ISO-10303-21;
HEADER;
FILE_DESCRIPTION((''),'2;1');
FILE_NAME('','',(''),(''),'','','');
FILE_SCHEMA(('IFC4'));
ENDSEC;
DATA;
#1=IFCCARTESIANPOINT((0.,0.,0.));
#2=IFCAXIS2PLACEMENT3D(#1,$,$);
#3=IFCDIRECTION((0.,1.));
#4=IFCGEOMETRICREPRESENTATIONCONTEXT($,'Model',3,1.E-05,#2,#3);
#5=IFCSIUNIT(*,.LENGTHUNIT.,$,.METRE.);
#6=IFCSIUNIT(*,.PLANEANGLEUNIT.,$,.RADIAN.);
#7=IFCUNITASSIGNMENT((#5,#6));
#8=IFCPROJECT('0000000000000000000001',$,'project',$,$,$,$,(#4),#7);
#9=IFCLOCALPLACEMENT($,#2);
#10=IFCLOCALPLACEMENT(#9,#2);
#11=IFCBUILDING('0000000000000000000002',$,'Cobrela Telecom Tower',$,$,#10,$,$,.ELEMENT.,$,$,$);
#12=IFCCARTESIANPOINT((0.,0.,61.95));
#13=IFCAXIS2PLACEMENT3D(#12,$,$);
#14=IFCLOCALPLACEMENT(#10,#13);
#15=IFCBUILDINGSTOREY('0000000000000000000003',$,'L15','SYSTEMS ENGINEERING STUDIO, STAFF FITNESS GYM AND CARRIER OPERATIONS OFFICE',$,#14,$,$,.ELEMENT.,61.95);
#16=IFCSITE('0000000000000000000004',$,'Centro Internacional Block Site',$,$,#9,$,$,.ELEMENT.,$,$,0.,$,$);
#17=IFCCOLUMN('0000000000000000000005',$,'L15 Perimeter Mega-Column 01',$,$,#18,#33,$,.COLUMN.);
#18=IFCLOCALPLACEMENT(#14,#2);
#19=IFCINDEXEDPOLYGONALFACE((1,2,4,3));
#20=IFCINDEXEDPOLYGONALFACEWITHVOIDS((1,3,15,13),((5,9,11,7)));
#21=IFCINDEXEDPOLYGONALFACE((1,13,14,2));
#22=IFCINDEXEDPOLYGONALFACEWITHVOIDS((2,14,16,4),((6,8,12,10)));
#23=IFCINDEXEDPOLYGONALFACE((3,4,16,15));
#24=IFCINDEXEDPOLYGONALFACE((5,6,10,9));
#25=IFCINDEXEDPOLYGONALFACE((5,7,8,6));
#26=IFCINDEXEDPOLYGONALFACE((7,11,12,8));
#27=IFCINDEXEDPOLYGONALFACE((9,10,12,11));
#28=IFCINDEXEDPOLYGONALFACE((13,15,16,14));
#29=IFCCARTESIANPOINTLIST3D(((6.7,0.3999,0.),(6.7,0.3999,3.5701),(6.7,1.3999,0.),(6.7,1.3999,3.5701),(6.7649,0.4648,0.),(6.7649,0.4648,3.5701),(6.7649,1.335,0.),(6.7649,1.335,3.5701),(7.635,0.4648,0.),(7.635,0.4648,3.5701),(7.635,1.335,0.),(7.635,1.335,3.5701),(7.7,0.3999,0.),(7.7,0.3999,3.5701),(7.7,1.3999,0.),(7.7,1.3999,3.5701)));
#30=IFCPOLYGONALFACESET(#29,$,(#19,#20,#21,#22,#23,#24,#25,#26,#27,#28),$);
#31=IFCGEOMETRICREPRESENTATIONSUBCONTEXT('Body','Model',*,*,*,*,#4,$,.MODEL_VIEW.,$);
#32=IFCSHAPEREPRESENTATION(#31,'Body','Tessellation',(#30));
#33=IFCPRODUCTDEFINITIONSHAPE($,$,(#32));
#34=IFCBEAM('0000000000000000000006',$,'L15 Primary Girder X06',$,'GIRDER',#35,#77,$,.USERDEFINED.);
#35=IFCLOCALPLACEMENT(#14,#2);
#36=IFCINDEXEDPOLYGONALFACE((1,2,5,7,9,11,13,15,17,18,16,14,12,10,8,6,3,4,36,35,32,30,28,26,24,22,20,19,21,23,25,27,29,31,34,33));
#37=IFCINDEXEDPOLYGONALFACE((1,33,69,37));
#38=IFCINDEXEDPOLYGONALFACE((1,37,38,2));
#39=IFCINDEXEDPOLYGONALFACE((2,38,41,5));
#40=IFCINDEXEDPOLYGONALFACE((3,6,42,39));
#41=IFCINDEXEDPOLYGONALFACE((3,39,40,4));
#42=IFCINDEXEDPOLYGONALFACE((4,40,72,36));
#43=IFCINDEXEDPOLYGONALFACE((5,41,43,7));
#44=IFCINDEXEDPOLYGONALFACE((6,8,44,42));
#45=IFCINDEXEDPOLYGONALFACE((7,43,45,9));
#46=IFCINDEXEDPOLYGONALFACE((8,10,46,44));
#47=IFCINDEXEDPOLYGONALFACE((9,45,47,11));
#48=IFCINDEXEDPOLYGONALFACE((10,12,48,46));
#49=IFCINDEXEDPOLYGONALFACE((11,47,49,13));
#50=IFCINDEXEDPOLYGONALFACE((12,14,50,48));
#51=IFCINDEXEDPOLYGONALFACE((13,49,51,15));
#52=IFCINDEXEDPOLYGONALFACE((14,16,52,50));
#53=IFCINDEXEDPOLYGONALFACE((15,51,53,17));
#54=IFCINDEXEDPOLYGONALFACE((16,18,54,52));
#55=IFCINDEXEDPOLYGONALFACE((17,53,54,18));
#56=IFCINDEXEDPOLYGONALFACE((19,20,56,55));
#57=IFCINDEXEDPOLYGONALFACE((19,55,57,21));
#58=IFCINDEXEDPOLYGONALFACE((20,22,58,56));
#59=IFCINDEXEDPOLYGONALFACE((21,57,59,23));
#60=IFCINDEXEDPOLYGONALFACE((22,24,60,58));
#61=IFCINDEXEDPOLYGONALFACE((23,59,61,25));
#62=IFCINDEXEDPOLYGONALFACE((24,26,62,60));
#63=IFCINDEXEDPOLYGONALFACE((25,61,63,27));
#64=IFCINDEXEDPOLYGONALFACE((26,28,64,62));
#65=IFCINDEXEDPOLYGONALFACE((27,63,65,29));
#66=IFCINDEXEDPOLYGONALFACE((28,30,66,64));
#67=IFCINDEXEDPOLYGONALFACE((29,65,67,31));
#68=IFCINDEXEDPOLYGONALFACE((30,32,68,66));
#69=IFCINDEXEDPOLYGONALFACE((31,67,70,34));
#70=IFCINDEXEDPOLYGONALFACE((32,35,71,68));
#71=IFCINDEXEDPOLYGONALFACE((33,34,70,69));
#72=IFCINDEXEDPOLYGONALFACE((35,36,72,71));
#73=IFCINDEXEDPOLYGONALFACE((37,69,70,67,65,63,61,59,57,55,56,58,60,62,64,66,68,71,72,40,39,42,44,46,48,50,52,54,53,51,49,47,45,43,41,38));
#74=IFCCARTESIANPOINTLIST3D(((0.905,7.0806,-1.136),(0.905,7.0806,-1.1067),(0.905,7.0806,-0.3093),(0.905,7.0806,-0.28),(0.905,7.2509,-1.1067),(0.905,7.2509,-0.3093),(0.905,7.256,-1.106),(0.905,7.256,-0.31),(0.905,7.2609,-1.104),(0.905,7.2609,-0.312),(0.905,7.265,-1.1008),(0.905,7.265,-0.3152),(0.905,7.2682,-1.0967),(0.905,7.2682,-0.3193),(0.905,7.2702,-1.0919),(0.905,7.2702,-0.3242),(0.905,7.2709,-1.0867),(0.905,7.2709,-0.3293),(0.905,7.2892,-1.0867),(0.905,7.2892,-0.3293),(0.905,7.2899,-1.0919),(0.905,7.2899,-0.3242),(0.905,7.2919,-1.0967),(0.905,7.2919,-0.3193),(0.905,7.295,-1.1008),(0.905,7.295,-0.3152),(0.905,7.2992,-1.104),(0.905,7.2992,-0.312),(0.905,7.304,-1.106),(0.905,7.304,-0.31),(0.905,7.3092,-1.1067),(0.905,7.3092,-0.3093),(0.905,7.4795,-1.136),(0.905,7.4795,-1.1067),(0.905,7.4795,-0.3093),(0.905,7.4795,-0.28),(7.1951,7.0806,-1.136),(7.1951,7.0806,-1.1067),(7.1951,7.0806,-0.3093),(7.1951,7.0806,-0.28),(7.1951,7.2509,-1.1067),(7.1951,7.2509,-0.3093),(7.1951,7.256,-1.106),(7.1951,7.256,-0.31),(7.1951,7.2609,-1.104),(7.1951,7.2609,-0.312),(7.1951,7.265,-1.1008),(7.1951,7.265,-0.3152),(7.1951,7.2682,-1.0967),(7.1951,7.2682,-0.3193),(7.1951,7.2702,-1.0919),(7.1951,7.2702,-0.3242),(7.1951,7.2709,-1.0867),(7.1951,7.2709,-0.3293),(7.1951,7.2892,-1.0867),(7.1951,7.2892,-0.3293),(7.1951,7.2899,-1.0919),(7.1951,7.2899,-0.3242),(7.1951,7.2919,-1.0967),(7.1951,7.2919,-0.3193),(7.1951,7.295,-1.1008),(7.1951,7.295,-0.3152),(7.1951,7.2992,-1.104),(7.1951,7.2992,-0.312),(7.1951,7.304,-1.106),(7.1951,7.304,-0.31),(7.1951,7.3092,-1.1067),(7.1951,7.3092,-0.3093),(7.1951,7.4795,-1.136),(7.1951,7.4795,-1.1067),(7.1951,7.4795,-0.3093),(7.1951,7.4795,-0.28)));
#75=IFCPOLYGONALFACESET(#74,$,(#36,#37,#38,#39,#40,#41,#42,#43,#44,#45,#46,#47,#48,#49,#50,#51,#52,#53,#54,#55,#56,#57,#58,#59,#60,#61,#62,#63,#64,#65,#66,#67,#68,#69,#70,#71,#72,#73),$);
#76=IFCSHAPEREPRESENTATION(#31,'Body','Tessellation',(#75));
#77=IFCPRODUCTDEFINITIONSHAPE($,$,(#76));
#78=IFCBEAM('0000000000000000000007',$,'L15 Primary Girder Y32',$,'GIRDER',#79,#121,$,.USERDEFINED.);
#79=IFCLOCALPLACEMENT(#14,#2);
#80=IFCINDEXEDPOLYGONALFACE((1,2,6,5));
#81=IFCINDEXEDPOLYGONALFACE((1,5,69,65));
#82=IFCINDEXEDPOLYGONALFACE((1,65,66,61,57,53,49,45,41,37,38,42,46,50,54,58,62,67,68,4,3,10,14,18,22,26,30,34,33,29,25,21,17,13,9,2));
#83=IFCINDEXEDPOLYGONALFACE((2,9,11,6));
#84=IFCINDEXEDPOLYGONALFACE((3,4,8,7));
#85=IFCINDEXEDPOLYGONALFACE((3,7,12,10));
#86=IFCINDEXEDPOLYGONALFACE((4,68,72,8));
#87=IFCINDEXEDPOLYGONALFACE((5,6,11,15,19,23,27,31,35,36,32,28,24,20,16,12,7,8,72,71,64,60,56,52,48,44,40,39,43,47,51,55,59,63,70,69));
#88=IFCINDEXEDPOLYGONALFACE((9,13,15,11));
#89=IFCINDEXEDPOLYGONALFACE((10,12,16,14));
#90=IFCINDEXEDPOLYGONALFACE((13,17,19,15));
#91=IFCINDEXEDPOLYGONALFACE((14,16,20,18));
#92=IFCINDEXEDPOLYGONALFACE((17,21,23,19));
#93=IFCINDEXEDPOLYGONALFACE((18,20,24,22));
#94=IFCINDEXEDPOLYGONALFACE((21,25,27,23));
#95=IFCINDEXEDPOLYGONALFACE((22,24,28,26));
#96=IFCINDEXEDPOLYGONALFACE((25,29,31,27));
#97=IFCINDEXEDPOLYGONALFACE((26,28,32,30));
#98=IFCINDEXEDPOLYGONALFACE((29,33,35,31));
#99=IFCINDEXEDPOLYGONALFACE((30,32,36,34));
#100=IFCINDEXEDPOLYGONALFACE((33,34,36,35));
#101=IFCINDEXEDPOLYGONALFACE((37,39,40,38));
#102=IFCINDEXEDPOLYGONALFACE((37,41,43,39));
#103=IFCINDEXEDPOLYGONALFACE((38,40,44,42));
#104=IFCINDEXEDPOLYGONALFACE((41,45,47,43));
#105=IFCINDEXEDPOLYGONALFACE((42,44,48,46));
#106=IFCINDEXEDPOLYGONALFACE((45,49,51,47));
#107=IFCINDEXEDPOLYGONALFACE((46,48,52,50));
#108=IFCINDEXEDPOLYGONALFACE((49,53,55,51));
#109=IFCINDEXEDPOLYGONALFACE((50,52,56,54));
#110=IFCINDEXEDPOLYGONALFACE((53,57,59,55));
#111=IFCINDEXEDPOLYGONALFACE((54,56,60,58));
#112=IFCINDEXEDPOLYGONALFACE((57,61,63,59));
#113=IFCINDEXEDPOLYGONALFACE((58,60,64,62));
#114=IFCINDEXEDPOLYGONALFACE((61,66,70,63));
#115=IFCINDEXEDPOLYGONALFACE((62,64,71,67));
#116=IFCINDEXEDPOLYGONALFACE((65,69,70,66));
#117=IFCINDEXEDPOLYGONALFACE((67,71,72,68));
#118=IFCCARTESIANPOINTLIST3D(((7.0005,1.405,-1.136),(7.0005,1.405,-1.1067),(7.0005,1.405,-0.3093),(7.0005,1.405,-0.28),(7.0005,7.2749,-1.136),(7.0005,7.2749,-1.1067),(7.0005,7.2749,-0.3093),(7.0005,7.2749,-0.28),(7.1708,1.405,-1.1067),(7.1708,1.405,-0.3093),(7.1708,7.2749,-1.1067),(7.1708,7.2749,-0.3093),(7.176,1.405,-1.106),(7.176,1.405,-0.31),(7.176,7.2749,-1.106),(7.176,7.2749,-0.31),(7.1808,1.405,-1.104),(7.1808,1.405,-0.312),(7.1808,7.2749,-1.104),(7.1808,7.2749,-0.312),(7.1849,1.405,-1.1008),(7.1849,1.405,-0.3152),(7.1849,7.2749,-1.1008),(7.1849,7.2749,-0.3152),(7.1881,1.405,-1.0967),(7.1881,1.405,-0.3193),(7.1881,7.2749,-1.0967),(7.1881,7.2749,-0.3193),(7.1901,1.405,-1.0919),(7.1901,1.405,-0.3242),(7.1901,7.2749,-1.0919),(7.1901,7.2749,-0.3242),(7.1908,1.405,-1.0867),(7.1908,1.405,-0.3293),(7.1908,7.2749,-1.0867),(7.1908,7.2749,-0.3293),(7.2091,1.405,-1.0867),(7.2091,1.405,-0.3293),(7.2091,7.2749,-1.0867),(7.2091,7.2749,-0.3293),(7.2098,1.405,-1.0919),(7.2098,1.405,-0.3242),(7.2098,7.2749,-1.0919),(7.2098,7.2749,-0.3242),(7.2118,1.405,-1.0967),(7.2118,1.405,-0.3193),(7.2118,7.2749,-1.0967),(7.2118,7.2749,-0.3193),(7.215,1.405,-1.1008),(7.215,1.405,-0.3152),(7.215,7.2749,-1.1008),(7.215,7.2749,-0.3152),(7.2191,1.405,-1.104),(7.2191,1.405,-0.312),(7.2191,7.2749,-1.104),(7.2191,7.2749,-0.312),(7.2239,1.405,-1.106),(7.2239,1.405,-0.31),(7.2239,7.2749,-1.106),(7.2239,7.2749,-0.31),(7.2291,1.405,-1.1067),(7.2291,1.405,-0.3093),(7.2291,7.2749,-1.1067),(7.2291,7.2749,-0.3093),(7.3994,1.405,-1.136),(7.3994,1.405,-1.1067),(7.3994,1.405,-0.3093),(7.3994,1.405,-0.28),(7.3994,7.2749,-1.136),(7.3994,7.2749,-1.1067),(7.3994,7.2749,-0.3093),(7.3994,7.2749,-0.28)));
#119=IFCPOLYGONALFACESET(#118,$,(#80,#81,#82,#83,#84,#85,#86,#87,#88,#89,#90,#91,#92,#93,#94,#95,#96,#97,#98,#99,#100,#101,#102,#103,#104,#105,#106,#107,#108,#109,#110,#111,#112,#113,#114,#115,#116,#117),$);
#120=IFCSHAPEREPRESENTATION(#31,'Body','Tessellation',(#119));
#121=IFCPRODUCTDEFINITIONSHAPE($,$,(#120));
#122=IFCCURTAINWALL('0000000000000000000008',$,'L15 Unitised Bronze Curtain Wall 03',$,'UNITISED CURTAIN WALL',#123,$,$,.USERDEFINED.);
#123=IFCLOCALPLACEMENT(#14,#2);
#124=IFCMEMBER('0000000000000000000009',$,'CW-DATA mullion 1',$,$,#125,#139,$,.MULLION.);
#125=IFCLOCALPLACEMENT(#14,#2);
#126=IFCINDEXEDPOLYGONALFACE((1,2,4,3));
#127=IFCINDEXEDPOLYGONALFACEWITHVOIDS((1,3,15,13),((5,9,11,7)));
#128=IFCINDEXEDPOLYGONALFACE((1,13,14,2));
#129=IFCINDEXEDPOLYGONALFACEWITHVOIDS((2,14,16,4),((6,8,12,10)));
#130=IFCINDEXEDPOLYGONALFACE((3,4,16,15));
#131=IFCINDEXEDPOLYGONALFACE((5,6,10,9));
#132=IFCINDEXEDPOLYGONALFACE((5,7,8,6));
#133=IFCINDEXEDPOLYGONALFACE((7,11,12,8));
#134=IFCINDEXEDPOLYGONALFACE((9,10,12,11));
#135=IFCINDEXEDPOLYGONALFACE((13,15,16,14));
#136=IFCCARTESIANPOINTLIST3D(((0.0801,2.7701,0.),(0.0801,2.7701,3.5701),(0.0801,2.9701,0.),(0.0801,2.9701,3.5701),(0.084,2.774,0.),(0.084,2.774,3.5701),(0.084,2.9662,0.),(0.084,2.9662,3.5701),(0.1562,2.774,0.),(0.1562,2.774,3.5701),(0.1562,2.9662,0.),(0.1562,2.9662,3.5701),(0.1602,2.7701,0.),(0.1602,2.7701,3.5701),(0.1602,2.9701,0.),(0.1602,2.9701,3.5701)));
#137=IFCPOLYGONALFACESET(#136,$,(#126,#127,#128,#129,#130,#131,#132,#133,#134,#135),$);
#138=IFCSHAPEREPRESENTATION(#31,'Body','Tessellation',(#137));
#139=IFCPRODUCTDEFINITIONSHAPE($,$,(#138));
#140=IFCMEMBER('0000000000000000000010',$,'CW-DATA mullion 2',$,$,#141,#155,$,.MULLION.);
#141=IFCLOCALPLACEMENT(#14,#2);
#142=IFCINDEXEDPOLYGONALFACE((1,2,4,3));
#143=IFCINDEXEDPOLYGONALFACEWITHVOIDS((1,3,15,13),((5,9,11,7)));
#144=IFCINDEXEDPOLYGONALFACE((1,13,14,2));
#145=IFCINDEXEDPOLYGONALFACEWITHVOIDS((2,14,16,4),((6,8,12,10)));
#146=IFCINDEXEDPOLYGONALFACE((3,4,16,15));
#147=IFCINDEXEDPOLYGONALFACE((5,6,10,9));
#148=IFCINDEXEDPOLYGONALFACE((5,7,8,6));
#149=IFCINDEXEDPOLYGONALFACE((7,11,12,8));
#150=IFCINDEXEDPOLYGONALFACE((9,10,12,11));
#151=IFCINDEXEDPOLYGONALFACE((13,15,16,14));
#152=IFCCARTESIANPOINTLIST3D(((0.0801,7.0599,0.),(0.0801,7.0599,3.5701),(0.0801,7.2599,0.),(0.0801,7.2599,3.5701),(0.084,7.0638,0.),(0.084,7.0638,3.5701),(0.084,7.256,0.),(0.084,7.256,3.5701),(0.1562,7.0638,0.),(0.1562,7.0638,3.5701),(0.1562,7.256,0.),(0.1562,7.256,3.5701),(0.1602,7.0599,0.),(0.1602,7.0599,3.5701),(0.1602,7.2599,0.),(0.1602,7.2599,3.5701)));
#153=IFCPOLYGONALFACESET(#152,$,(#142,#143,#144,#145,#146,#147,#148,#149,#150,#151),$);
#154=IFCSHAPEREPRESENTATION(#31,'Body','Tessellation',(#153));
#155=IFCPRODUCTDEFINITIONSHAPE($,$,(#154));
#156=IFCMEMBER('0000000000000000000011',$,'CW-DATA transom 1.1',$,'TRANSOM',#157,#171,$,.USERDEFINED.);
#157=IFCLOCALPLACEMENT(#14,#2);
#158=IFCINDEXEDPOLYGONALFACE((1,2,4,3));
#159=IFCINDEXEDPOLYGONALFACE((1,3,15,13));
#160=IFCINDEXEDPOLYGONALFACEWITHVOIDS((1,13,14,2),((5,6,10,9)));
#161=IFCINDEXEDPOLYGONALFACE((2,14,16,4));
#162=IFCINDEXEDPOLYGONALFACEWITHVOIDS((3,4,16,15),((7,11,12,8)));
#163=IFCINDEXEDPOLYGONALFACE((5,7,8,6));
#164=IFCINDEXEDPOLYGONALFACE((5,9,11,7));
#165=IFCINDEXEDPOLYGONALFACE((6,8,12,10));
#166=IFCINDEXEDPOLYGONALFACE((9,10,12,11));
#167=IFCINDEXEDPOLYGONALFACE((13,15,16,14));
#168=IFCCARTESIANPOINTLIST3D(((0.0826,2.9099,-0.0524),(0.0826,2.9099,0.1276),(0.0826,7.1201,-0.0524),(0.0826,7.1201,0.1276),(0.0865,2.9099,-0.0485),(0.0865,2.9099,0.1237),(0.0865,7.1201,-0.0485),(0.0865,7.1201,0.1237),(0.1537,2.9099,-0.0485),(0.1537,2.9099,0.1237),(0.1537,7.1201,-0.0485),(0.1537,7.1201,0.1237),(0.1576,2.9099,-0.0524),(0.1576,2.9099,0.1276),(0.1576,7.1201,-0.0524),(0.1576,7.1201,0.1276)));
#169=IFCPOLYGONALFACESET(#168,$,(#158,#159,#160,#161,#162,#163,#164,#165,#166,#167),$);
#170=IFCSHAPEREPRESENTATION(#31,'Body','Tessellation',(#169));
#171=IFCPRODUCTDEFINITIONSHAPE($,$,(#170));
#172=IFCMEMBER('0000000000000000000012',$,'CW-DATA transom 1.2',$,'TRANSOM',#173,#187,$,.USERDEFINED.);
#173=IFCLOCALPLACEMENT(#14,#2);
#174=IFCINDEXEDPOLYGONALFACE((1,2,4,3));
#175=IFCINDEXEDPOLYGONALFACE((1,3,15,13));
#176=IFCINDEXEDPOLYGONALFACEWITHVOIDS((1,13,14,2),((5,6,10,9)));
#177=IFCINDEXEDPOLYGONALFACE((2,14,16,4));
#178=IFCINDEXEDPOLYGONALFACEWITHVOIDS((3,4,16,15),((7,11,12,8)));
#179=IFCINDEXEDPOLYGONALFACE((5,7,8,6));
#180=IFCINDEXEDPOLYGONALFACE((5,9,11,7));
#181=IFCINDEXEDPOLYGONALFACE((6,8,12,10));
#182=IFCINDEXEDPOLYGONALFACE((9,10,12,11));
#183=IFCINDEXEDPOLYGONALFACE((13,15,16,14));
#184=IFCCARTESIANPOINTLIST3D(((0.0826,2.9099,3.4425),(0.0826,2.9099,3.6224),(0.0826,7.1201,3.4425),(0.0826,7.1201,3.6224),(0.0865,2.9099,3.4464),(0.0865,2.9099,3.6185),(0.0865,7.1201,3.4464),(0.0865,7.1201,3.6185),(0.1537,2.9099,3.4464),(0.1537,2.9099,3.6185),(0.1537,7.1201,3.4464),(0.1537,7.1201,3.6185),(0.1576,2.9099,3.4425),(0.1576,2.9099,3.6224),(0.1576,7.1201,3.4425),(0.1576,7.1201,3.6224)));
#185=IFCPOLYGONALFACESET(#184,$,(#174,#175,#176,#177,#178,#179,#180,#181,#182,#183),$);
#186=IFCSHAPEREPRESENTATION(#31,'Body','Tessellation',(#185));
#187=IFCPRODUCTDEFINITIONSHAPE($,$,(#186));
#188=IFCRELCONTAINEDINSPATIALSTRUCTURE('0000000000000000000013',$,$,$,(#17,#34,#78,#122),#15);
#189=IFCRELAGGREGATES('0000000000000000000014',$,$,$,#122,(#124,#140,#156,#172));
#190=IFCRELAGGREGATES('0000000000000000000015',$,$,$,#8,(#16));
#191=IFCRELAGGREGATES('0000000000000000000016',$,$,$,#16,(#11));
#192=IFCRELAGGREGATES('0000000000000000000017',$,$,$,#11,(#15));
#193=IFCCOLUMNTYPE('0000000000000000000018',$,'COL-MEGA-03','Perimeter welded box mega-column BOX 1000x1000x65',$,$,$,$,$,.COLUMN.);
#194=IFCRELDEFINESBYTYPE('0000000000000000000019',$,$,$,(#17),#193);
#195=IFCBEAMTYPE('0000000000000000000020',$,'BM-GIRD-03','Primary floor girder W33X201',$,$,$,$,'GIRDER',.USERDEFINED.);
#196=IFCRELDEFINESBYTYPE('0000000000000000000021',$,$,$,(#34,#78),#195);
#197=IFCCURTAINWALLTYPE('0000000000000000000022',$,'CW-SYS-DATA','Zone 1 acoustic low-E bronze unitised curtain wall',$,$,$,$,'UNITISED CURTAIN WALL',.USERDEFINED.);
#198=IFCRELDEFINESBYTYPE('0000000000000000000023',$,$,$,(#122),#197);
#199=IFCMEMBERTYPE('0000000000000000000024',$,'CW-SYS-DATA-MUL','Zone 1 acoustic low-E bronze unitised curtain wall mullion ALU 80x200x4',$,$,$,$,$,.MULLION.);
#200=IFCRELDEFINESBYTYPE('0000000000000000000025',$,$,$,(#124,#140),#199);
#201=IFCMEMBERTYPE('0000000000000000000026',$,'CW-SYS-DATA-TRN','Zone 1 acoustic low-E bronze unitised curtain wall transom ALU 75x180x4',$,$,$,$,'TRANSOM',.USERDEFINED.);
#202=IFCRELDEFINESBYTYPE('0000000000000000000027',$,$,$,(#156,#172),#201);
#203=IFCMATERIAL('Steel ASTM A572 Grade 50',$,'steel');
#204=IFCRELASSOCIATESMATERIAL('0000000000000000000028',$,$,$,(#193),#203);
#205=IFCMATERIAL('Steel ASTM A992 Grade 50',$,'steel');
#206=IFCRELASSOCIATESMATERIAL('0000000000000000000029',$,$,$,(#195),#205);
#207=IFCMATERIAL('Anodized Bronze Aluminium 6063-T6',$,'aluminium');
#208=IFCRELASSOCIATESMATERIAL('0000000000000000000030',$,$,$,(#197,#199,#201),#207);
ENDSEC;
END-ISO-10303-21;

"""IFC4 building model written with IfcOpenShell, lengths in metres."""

from ifc_helpers import new_model, si_unit, direction, frame, origin, origin_2d, place, context, subcontext, project, spatial, hollow_rectangle, i_section, extrude, material, material_profile, profile_set, type_object, element, aggregate, save


model = new_model("IFC4")

# Units and contexts
model_context = context("Model", 3, precision=1e-05, world=origin(), true_north=direction((0.0, 1.0)))
body_context = subcontext(model_context, "Body", "Model", "MODEL_VIEW")
ifc_project = project(units=[si_unit("LENGTHUNIT", "METRE"), si_unit("PLANEANGLEUNIT", "RADIAN")], contexts=[model_context])

# Site, building, storey
site_placement = place(None, origin())
site = spatial("IfcSite", under=ifc_project, at=site_placement, Name="Centro Internacional Block Site", CompositionType="ELEMENT", RefElevation=0.0)
building_placement = place(site_placement, origin())
building = spatial("IfcBuilding", under=site, at=building_placement, Name="Cobrela Telecom Tower", CompositionType="ELEMENT")
storey_placement = place(building_placement, frame((0.0, 0.0, 61.95)))
storey = spatial("IfcBuildingStorey", under=building, at=storey_placement, Name="L15", Description="SYSTEMS ENGINEERING STUDIO, STAFF FITNESS GYM AND CARRIER OPERATIONS OFFICE", CompositionType="ELEMENT", Elevation=61.95)

# Column
ifc_material_1 = material(Name="Steel ASTM A572 Grade 50", Category="steel")
ifc_material_profile_1 = material_profile(ifc_material_1, hollow_rectangle(XDim=1.0, YDim=1.0, WallThickness=0.0649, at=origin_2d()), Name="BOX 1000x1000x65")
ifc_profile_set_1 = profile_set([ifc_material_profile_1], Name="Steel ASTM A572 Grade 50")
column_type = type_object("IfcColumnType", Name="COL-MEGA-03", Description="Perimeter welded box mega-column BOX 1000x1000x65", PredefinedType="COLUMN", material=ifc_profile_set_1)
column_placement = place(storey_placement, frame((7.2, 0.8999, 0.0), z_axis=(0.0, 0.0, 1.0), x_axis=(1.0, 0.0, 0.0)))
element("IfcColumn", 1, at=column_placement, inside=storey, type_object=column_type, Name="L15 Perimeter Mega-Column 01", PredefinedType="COLUMN", context=body_context, shape_type="SweptSolid", body=[
    extrude(hollow_rectangle(XDim=1.0, YDim=1.0, WallThickness=0.0649, at=origin_2d()), origin(), (0.0, 0.0, 1.0), 3.5701),
])

# Beams
ifc_material_2 = material(Name="Steel ASTM A992 Grade 50", Category="steel")
ifc_material_profile_2 = material_profile(ifc_material_2, i_section(OverallWidth=0.3989, OverallDepth=0.856, WebThickness=0.0183, FlangeThickness=0.0293, FilletRadius=0.02, at=origin_2d()), Name="W33X201")
ifc_profile_set_2 = profile_set([ifc_material_profile_2], Name="Steel ASTM A992 Grade 50")
beam_type = type_object("IfcBeamType", Name="BM-GIRD-03", Description="Primary floor girder W33X201", ElementType="GIRDER", PredefinedType="USERDEFINED", material=ifc_profile_set_2)
beam_1_placement = place(storey_placement, frame((0.905, 7.28, -0.708), z_axis=(1.0, 0.0, 0.0), x_axis=(0.0, 1.0, 0.0)))
element("IfcBeam", 2, at=beam_1_placement, inside=storey, type_object=beam_type, Name="L15 Primary Girder X06", ObjectType="GIRDER", PredefinedType="USERDEFINED", context=body_context, shape_type="SweptSolid", body=[
    extrude(i_section(OverallWidth=0.3989, OverallDepth=0.856, WebThickness=0.0183, FlangeThickness=0.0293, FilletRadius=0.02, at=origin_2d()), origin(), (0.0, 0.0, 1.0), 6.29),
])
beam_2_placement = place(storey_placement, frame((7.2, 1.405, -0.708), z_axis=(0.0, 1.0, 0.0), x_axis=(-1.0, 0.0, 0.0)))
element("IfcBeam", 3, at=beam_2_placement, inside=storey, type_object=beam_type, Name="L15 Primary Girder Y32", ObjectType="GIRDER", PredefinedType="USERDEFINED", context=body_context, shape_type="SweptSolid", body=[
    extrude(i_section(OverallWidth=0.3989, OverallDepth=0.856, WebThickness=0.0183, FlangeThickness=0.0293, FilletRadius=0.02, at=origin_2d()), origin(), (0.0, 0.0, 1.0), 5.8699),
])

# Curtain wall, members
ifc_material_3 = material(Name="Anodized Bronze Aluminium 6063-T6", Category="aluminium")
curtain_wall_type = type_object("IfcCurtainWallType", Name="CW-SYS-DATA", Description="Zone 1 acoustic low-E bronze unitised curtain wall", ElementType="UNITISED CURTAIN WALL", PredefinedType="USERDEFINED", material=ifc_material_3)
curtain_wall_1_placement = place(storey_placement, origin())
curtain_wall_1 = element("IfcCurtainWall", 4, at=curtain_wall_1_placement, inside=storey, type_object=curtain_wall_type, Name="L15 Unitised Bronze Curtain Wall 03", ObjectType="UNITISED CURTAIN WALL", PredefinedType="USERDEFINED")
ifc_material_profile_3 = material_profile(ifc_material_3, hollow_rectangle(XDim=0.0801, YDim=0.2, WallThickness=0.0039, at=origin_2d()), Name="ALU 80x200x4")
ifc_profile_set_3 = profile_set([ifc_material_profile_3], Name="Anodized Bronze Aluminium 6063-T6")
member_type_1 = type_object("IfcMemberType", Name="CW-SYS-DATA-MUL", Description="Zone 1 acoustic low-E bronze unitised curtain wall mullion ALU 80x200x4", PredefinedType="MULLION", material=ifc_profile_set_3)
member_1_placement = place(storey_placement, frame((0.1201, 2.8701, 0.0), z_axis=(0.0, 0.0, 1.0), x_axis=(-1.0, 0.0, 0.0)))
member_1 = element("IfcMember", 5, at=member_1_placement, type_object=member_type_1, Name="CW-DATA mullion 1", PredefinedType="MULLION", context=body_context, shape_type="SweptSolid", body=[
    extrude(hollow_rectangle(XDim=0.0801, YDim=0.2, WallThickness=0.0039, at=origin_2d()), origin(), (0.0, 0.0, 1.0), 3.5701),
])
member_2_placement = place(storey_placement, frame((0.1201, 7.1599, 0.0), z_axis=(0.0, 0.0, 1.0), x_axis=(-1.0, 0.0, 0.0)))
member_2 = element("IfcMember", 6, at=member_2_placement, type_object=member_type_1, Name="CW-DATA mullion 2", PredefinedType="MULLION", context=body_context, shape_type="SweptSolid", body=[
    extrude(hollow_rectangle(XDim=0.0801, YDim=0.2, WallThickness=0.0039, at=origin_2d()), origin(), (0.0, 0.0, 1.0), 3.5701),
])
ifc_material_profile_4 = material_profile(ifc_material_3, hollow_rectangle(XDim=0.075, YDim=0.1799, WallThickness=0.0039, at=origin_2d()), Name="ALU 75x180x4")
ifc_profile_set_4 = profile_set([ifc_material_profile_4], Name="Anodized Bronze Aluminium 6063-T6")
member_type_2 = type_object("IfcMemberType", Name="CW-SYS-DATA-TRN", Description="Zone 1 acoustic low-E bronze unitised curtain wall transom ALU 75x180x4", ElementType="TRANSOM", PredefinedType="USERDEFINED", material=ifc_profile_set_4)
member_3_placement = place(storey_placement, frame((0.1201, 2.9099, 0.0376), z_axis=(0.0, 1.0, 0.0), x_axis=(-1.0, 0.0, 0.0)))
member_3 = element("IfcMember", 7, at=member_3_placement, type_object=member_type_2, Name="CW-DATA transom 1.1", ObjectType="TRANSOM", PredefinedType="USERDEFINED", context=body_context, shape_type="SweptSolid", body=[
    extrude(hollow_rectangle(XDim=0.075, YDim=0.1799, WallThickness=0.0039, at=origin_2d()), origin(), (0.0, 0.0, 1.0), 4.2102),
])
member_4_placement = place(storey_placement, frame((0.1201, 2.9099, 3.5325), z_axis=(0.0, 1.0, 0.0), x_axis=(-1.0, 0.0, 0.0)))
member_4 = element("IfcMember", 8, at=member_4_placement, type_object=member_type_2, Name="CW-DATA transom 1.2", ObjectType="TRANSOM", PredefinedType="USERDEFINED", context=body_context, shape_type="SweptSolid", body=[
    extrude(hollow_rectangle(XDim=0.075, YDim=0.1799, WallThickness=0.0039, at=origin_2d()), origin(), (0.0, 0.0, 1.0), 4.2102),
])
aggregate(curtain_wall_1, [member_1, member_2, member_3, member_4])

save(model, "model.ifc")
